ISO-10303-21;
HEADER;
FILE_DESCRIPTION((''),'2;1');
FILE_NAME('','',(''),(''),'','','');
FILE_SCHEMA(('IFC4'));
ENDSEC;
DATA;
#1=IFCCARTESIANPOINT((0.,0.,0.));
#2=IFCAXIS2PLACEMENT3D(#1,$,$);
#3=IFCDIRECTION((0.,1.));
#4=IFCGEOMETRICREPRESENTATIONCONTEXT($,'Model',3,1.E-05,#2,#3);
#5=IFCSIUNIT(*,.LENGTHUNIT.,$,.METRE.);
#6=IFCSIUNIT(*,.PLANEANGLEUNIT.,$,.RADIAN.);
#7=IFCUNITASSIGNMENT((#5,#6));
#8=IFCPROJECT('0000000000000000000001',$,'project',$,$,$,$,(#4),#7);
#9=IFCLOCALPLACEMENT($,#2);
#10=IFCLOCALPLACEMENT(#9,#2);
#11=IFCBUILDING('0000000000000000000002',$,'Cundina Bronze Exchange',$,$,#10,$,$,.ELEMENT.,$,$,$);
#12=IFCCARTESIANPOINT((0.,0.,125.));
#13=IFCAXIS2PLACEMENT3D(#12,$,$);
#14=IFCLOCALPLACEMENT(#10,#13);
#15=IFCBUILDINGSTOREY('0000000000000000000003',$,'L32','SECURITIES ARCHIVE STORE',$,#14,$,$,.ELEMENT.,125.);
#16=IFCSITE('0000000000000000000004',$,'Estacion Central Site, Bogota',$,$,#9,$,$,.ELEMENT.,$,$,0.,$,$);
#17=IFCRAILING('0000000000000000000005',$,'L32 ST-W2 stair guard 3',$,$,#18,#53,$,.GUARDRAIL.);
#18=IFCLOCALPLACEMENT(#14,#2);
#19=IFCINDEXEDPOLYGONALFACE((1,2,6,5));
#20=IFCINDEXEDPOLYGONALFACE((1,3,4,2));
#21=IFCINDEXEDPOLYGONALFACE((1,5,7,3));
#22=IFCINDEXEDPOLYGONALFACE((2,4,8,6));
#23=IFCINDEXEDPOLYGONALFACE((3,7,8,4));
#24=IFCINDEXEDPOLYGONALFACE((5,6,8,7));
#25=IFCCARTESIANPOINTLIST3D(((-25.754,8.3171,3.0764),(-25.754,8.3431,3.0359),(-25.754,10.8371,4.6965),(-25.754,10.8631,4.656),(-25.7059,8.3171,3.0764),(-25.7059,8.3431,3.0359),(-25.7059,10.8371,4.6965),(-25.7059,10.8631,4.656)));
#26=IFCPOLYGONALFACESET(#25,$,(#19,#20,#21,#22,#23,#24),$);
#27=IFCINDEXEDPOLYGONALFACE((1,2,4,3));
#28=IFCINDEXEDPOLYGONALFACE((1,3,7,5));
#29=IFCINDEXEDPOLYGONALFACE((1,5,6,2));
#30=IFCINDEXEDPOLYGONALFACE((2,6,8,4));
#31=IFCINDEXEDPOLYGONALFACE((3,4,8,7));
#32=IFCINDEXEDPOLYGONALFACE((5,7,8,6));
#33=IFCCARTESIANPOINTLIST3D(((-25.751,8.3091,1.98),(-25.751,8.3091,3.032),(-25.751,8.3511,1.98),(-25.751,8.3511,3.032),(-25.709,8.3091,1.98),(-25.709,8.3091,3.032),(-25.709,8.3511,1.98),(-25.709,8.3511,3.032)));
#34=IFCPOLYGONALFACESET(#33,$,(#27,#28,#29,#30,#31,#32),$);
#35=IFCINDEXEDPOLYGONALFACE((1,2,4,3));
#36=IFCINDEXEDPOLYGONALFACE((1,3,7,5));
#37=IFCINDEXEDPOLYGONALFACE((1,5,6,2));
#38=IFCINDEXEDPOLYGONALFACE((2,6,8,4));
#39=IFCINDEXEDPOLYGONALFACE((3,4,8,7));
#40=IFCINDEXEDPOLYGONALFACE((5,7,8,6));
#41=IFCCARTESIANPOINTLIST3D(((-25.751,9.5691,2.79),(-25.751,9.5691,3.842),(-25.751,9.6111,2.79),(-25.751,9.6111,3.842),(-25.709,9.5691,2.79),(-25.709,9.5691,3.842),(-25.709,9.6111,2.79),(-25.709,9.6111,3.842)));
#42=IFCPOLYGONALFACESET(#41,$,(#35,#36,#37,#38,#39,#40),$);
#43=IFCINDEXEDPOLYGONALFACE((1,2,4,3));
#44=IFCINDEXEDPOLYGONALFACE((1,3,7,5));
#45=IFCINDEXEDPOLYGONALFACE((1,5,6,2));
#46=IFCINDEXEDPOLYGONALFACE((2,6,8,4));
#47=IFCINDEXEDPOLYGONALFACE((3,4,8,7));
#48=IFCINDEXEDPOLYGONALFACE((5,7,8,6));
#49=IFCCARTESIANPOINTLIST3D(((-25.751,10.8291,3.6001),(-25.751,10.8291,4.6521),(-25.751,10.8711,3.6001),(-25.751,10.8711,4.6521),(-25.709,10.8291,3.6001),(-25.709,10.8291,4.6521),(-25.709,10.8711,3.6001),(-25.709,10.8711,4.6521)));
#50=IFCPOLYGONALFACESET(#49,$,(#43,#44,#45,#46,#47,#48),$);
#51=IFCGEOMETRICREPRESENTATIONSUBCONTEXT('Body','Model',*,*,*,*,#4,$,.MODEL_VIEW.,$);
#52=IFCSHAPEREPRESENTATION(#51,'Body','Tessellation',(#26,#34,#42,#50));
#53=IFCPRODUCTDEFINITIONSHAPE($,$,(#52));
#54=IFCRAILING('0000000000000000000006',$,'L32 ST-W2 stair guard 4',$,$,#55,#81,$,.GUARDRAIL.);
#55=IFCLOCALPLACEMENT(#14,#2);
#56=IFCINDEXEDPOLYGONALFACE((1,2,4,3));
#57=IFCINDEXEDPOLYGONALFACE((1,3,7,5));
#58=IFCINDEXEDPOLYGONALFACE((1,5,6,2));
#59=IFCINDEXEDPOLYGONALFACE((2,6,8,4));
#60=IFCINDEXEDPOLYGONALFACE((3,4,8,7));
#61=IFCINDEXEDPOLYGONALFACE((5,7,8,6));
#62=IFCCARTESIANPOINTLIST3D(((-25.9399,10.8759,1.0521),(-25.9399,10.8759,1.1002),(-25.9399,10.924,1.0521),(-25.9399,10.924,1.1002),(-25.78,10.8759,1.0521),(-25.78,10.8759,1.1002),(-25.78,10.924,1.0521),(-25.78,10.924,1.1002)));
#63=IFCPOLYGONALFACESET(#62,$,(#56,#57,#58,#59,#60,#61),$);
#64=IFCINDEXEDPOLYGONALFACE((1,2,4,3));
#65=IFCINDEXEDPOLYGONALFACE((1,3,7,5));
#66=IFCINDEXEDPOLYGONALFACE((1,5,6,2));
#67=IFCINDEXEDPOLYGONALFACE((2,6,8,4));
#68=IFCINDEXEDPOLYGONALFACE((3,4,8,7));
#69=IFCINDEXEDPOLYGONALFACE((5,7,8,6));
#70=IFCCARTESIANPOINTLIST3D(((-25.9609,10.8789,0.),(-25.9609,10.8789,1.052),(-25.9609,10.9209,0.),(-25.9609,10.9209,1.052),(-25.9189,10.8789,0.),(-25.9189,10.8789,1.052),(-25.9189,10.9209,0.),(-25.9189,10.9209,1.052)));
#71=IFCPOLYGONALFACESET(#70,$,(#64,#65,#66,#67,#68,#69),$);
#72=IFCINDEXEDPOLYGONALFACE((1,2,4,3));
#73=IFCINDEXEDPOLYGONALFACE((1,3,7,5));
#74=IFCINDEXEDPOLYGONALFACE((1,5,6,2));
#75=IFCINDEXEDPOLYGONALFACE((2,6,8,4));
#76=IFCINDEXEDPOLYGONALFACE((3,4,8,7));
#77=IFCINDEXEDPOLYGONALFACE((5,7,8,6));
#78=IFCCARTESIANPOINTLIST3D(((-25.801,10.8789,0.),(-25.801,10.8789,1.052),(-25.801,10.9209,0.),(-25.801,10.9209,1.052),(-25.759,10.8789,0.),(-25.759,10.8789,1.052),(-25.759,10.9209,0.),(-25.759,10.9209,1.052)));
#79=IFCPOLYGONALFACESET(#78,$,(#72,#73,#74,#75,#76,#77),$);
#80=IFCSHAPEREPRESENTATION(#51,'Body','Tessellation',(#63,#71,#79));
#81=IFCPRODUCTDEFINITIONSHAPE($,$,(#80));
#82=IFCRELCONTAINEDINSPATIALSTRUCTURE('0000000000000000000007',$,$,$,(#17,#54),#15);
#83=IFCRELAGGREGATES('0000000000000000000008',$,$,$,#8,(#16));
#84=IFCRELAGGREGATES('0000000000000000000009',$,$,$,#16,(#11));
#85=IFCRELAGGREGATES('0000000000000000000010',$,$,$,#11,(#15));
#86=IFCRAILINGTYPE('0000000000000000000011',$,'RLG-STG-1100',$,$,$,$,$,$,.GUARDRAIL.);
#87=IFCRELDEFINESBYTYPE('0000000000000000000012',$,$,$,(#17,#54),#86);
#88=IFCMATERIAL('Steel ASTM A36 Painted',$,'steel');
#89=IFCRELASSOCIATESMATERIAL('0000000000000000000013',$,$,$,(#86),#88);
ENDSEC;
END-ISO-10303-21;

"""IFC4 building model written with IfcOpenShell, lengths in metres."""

from ifc_helpers import new_model, si_unit, direction, frame, origin, origin_2d, place, context, subcontext, project, spatial, rectangle, extrude, material, type_object, element, save


model = new_model("IFC4")

# Units and contexts
model_context = context("Model", 3, precision=1e-05, world=origin(), true_north=direction((0.0, 1.0)))
body_context = subcontext(model_context, "Body", "Model", "MODEL_VIEW")
ifc_project = project(units=[si_unit("LENGTHUNIT", "METRE"), si_unit("PLANEANGLEUNIT", "RADIAN")], contexts=[model_context])

# Site, building, storey
site_placement = place(None, origin())
site = spatial("IfcSite", under=ifc_project, at=site_placement, Name="Estacion Central Site, Bogota", CompositionType="ELEMENT", RefElevation=0.0)
building_placement = place(site_placement, origin())
building = spatial("IfcBuilding", under=site, at=building_placement, Name="Cundina Bronze Exchange", CompositionType="ELEMENT")
storey_placement = place(building_placement, frame((0.0, 0.0, 125.0)))
storey = spatial("IfcBuildingStorey", under=building, at=storey_placement, Name="L32", Description="SECURITIES ARCHIVE STORE", CompositionType="ELEMENT", Elevation=125.0)

# Shared definitions
ifc_material_1 = material(Name="Steel ASTM A36 Painted", Category="steel")

# Railings
railing_type_1 = type_object("IfcRailingType", Name="RLG-STG-1100", PredefinedType="GUARDRAIL", material=ifc_material_1)
railing_1_placement = place(storey_placement, frame((-25.73, 8.3301, 1.98)))
element("IfcRailing", 1, at=railing_1_placement, inside=storey, type_object=railing_type_1, Name="L32 ST-W2 stair guard 3", PredefinedType="GUARDRAIL", context=body_context, shape_type="SweptSolid", body=[
    extrude(rectangle(XDim=0.0481, YDim=0.0481, at=origin_2d()), frame((0.0, 0.0, 1.0762), z_axis=(0.0, 0.841163, 0.540782), x_axis=(-1.0, 0.0, 0.0)), (0.0, 0.0, 1.0), 2.9958),
    extrude(rectangle(XDim=0.042, YDim=0.042, at=origin_2d()), origin(), (0.0, 0.0, 1.0), 1.052),
    extrude(rectangle(XDim=0.042, YDim=0.042, at=origin_2d()), frame((0.0, 1.26, 0.8101)), (0.0, 0.0, 1.0), 1.052),
    extrude(rectangle(XDim=0.042, YDim=0.042, at=origin_2d()), frame((0.0, 2.52, 1.6201)), (0.0, 0.0, 1.0), 1.052),
])
railing_2_placement = place(storey_placement, frame((-25.9399, 10.8999, 0.0)))
element("IfcRailing", 2, at=railing_2_placement, inside=storey, type_object=railing_type_1, Name="L32 ST-W2 stair guard 4", PredefinedType="GUARDRAIL", context=body_context, shape_type="SweptSolid", body=[
    extrude(rectangle(XDim=0.0481, YDim=0.0481, at=origin_2d()), frame((0.0, 0.0, 1.0762), z_axis=(1.0, 0.0, 0.0), x_axis=(0.0, 1.0, 0.0)), (0.0, 0.0, 1.0), 0.1599),
    extrude(rectangle(XDim=0.042, YDim=0.042, at=origin_2d()), origin(), (0.0, 0.0, 1.0), 1.052),
    extrude(rectangle(XDim=0.042, YDim=0.042, at=origin_2d()), frame((0.1599, 0.0, 0.0)), (0.0, 0.0, 1.0), 1.052),
])

save(model, "model.ifc")
